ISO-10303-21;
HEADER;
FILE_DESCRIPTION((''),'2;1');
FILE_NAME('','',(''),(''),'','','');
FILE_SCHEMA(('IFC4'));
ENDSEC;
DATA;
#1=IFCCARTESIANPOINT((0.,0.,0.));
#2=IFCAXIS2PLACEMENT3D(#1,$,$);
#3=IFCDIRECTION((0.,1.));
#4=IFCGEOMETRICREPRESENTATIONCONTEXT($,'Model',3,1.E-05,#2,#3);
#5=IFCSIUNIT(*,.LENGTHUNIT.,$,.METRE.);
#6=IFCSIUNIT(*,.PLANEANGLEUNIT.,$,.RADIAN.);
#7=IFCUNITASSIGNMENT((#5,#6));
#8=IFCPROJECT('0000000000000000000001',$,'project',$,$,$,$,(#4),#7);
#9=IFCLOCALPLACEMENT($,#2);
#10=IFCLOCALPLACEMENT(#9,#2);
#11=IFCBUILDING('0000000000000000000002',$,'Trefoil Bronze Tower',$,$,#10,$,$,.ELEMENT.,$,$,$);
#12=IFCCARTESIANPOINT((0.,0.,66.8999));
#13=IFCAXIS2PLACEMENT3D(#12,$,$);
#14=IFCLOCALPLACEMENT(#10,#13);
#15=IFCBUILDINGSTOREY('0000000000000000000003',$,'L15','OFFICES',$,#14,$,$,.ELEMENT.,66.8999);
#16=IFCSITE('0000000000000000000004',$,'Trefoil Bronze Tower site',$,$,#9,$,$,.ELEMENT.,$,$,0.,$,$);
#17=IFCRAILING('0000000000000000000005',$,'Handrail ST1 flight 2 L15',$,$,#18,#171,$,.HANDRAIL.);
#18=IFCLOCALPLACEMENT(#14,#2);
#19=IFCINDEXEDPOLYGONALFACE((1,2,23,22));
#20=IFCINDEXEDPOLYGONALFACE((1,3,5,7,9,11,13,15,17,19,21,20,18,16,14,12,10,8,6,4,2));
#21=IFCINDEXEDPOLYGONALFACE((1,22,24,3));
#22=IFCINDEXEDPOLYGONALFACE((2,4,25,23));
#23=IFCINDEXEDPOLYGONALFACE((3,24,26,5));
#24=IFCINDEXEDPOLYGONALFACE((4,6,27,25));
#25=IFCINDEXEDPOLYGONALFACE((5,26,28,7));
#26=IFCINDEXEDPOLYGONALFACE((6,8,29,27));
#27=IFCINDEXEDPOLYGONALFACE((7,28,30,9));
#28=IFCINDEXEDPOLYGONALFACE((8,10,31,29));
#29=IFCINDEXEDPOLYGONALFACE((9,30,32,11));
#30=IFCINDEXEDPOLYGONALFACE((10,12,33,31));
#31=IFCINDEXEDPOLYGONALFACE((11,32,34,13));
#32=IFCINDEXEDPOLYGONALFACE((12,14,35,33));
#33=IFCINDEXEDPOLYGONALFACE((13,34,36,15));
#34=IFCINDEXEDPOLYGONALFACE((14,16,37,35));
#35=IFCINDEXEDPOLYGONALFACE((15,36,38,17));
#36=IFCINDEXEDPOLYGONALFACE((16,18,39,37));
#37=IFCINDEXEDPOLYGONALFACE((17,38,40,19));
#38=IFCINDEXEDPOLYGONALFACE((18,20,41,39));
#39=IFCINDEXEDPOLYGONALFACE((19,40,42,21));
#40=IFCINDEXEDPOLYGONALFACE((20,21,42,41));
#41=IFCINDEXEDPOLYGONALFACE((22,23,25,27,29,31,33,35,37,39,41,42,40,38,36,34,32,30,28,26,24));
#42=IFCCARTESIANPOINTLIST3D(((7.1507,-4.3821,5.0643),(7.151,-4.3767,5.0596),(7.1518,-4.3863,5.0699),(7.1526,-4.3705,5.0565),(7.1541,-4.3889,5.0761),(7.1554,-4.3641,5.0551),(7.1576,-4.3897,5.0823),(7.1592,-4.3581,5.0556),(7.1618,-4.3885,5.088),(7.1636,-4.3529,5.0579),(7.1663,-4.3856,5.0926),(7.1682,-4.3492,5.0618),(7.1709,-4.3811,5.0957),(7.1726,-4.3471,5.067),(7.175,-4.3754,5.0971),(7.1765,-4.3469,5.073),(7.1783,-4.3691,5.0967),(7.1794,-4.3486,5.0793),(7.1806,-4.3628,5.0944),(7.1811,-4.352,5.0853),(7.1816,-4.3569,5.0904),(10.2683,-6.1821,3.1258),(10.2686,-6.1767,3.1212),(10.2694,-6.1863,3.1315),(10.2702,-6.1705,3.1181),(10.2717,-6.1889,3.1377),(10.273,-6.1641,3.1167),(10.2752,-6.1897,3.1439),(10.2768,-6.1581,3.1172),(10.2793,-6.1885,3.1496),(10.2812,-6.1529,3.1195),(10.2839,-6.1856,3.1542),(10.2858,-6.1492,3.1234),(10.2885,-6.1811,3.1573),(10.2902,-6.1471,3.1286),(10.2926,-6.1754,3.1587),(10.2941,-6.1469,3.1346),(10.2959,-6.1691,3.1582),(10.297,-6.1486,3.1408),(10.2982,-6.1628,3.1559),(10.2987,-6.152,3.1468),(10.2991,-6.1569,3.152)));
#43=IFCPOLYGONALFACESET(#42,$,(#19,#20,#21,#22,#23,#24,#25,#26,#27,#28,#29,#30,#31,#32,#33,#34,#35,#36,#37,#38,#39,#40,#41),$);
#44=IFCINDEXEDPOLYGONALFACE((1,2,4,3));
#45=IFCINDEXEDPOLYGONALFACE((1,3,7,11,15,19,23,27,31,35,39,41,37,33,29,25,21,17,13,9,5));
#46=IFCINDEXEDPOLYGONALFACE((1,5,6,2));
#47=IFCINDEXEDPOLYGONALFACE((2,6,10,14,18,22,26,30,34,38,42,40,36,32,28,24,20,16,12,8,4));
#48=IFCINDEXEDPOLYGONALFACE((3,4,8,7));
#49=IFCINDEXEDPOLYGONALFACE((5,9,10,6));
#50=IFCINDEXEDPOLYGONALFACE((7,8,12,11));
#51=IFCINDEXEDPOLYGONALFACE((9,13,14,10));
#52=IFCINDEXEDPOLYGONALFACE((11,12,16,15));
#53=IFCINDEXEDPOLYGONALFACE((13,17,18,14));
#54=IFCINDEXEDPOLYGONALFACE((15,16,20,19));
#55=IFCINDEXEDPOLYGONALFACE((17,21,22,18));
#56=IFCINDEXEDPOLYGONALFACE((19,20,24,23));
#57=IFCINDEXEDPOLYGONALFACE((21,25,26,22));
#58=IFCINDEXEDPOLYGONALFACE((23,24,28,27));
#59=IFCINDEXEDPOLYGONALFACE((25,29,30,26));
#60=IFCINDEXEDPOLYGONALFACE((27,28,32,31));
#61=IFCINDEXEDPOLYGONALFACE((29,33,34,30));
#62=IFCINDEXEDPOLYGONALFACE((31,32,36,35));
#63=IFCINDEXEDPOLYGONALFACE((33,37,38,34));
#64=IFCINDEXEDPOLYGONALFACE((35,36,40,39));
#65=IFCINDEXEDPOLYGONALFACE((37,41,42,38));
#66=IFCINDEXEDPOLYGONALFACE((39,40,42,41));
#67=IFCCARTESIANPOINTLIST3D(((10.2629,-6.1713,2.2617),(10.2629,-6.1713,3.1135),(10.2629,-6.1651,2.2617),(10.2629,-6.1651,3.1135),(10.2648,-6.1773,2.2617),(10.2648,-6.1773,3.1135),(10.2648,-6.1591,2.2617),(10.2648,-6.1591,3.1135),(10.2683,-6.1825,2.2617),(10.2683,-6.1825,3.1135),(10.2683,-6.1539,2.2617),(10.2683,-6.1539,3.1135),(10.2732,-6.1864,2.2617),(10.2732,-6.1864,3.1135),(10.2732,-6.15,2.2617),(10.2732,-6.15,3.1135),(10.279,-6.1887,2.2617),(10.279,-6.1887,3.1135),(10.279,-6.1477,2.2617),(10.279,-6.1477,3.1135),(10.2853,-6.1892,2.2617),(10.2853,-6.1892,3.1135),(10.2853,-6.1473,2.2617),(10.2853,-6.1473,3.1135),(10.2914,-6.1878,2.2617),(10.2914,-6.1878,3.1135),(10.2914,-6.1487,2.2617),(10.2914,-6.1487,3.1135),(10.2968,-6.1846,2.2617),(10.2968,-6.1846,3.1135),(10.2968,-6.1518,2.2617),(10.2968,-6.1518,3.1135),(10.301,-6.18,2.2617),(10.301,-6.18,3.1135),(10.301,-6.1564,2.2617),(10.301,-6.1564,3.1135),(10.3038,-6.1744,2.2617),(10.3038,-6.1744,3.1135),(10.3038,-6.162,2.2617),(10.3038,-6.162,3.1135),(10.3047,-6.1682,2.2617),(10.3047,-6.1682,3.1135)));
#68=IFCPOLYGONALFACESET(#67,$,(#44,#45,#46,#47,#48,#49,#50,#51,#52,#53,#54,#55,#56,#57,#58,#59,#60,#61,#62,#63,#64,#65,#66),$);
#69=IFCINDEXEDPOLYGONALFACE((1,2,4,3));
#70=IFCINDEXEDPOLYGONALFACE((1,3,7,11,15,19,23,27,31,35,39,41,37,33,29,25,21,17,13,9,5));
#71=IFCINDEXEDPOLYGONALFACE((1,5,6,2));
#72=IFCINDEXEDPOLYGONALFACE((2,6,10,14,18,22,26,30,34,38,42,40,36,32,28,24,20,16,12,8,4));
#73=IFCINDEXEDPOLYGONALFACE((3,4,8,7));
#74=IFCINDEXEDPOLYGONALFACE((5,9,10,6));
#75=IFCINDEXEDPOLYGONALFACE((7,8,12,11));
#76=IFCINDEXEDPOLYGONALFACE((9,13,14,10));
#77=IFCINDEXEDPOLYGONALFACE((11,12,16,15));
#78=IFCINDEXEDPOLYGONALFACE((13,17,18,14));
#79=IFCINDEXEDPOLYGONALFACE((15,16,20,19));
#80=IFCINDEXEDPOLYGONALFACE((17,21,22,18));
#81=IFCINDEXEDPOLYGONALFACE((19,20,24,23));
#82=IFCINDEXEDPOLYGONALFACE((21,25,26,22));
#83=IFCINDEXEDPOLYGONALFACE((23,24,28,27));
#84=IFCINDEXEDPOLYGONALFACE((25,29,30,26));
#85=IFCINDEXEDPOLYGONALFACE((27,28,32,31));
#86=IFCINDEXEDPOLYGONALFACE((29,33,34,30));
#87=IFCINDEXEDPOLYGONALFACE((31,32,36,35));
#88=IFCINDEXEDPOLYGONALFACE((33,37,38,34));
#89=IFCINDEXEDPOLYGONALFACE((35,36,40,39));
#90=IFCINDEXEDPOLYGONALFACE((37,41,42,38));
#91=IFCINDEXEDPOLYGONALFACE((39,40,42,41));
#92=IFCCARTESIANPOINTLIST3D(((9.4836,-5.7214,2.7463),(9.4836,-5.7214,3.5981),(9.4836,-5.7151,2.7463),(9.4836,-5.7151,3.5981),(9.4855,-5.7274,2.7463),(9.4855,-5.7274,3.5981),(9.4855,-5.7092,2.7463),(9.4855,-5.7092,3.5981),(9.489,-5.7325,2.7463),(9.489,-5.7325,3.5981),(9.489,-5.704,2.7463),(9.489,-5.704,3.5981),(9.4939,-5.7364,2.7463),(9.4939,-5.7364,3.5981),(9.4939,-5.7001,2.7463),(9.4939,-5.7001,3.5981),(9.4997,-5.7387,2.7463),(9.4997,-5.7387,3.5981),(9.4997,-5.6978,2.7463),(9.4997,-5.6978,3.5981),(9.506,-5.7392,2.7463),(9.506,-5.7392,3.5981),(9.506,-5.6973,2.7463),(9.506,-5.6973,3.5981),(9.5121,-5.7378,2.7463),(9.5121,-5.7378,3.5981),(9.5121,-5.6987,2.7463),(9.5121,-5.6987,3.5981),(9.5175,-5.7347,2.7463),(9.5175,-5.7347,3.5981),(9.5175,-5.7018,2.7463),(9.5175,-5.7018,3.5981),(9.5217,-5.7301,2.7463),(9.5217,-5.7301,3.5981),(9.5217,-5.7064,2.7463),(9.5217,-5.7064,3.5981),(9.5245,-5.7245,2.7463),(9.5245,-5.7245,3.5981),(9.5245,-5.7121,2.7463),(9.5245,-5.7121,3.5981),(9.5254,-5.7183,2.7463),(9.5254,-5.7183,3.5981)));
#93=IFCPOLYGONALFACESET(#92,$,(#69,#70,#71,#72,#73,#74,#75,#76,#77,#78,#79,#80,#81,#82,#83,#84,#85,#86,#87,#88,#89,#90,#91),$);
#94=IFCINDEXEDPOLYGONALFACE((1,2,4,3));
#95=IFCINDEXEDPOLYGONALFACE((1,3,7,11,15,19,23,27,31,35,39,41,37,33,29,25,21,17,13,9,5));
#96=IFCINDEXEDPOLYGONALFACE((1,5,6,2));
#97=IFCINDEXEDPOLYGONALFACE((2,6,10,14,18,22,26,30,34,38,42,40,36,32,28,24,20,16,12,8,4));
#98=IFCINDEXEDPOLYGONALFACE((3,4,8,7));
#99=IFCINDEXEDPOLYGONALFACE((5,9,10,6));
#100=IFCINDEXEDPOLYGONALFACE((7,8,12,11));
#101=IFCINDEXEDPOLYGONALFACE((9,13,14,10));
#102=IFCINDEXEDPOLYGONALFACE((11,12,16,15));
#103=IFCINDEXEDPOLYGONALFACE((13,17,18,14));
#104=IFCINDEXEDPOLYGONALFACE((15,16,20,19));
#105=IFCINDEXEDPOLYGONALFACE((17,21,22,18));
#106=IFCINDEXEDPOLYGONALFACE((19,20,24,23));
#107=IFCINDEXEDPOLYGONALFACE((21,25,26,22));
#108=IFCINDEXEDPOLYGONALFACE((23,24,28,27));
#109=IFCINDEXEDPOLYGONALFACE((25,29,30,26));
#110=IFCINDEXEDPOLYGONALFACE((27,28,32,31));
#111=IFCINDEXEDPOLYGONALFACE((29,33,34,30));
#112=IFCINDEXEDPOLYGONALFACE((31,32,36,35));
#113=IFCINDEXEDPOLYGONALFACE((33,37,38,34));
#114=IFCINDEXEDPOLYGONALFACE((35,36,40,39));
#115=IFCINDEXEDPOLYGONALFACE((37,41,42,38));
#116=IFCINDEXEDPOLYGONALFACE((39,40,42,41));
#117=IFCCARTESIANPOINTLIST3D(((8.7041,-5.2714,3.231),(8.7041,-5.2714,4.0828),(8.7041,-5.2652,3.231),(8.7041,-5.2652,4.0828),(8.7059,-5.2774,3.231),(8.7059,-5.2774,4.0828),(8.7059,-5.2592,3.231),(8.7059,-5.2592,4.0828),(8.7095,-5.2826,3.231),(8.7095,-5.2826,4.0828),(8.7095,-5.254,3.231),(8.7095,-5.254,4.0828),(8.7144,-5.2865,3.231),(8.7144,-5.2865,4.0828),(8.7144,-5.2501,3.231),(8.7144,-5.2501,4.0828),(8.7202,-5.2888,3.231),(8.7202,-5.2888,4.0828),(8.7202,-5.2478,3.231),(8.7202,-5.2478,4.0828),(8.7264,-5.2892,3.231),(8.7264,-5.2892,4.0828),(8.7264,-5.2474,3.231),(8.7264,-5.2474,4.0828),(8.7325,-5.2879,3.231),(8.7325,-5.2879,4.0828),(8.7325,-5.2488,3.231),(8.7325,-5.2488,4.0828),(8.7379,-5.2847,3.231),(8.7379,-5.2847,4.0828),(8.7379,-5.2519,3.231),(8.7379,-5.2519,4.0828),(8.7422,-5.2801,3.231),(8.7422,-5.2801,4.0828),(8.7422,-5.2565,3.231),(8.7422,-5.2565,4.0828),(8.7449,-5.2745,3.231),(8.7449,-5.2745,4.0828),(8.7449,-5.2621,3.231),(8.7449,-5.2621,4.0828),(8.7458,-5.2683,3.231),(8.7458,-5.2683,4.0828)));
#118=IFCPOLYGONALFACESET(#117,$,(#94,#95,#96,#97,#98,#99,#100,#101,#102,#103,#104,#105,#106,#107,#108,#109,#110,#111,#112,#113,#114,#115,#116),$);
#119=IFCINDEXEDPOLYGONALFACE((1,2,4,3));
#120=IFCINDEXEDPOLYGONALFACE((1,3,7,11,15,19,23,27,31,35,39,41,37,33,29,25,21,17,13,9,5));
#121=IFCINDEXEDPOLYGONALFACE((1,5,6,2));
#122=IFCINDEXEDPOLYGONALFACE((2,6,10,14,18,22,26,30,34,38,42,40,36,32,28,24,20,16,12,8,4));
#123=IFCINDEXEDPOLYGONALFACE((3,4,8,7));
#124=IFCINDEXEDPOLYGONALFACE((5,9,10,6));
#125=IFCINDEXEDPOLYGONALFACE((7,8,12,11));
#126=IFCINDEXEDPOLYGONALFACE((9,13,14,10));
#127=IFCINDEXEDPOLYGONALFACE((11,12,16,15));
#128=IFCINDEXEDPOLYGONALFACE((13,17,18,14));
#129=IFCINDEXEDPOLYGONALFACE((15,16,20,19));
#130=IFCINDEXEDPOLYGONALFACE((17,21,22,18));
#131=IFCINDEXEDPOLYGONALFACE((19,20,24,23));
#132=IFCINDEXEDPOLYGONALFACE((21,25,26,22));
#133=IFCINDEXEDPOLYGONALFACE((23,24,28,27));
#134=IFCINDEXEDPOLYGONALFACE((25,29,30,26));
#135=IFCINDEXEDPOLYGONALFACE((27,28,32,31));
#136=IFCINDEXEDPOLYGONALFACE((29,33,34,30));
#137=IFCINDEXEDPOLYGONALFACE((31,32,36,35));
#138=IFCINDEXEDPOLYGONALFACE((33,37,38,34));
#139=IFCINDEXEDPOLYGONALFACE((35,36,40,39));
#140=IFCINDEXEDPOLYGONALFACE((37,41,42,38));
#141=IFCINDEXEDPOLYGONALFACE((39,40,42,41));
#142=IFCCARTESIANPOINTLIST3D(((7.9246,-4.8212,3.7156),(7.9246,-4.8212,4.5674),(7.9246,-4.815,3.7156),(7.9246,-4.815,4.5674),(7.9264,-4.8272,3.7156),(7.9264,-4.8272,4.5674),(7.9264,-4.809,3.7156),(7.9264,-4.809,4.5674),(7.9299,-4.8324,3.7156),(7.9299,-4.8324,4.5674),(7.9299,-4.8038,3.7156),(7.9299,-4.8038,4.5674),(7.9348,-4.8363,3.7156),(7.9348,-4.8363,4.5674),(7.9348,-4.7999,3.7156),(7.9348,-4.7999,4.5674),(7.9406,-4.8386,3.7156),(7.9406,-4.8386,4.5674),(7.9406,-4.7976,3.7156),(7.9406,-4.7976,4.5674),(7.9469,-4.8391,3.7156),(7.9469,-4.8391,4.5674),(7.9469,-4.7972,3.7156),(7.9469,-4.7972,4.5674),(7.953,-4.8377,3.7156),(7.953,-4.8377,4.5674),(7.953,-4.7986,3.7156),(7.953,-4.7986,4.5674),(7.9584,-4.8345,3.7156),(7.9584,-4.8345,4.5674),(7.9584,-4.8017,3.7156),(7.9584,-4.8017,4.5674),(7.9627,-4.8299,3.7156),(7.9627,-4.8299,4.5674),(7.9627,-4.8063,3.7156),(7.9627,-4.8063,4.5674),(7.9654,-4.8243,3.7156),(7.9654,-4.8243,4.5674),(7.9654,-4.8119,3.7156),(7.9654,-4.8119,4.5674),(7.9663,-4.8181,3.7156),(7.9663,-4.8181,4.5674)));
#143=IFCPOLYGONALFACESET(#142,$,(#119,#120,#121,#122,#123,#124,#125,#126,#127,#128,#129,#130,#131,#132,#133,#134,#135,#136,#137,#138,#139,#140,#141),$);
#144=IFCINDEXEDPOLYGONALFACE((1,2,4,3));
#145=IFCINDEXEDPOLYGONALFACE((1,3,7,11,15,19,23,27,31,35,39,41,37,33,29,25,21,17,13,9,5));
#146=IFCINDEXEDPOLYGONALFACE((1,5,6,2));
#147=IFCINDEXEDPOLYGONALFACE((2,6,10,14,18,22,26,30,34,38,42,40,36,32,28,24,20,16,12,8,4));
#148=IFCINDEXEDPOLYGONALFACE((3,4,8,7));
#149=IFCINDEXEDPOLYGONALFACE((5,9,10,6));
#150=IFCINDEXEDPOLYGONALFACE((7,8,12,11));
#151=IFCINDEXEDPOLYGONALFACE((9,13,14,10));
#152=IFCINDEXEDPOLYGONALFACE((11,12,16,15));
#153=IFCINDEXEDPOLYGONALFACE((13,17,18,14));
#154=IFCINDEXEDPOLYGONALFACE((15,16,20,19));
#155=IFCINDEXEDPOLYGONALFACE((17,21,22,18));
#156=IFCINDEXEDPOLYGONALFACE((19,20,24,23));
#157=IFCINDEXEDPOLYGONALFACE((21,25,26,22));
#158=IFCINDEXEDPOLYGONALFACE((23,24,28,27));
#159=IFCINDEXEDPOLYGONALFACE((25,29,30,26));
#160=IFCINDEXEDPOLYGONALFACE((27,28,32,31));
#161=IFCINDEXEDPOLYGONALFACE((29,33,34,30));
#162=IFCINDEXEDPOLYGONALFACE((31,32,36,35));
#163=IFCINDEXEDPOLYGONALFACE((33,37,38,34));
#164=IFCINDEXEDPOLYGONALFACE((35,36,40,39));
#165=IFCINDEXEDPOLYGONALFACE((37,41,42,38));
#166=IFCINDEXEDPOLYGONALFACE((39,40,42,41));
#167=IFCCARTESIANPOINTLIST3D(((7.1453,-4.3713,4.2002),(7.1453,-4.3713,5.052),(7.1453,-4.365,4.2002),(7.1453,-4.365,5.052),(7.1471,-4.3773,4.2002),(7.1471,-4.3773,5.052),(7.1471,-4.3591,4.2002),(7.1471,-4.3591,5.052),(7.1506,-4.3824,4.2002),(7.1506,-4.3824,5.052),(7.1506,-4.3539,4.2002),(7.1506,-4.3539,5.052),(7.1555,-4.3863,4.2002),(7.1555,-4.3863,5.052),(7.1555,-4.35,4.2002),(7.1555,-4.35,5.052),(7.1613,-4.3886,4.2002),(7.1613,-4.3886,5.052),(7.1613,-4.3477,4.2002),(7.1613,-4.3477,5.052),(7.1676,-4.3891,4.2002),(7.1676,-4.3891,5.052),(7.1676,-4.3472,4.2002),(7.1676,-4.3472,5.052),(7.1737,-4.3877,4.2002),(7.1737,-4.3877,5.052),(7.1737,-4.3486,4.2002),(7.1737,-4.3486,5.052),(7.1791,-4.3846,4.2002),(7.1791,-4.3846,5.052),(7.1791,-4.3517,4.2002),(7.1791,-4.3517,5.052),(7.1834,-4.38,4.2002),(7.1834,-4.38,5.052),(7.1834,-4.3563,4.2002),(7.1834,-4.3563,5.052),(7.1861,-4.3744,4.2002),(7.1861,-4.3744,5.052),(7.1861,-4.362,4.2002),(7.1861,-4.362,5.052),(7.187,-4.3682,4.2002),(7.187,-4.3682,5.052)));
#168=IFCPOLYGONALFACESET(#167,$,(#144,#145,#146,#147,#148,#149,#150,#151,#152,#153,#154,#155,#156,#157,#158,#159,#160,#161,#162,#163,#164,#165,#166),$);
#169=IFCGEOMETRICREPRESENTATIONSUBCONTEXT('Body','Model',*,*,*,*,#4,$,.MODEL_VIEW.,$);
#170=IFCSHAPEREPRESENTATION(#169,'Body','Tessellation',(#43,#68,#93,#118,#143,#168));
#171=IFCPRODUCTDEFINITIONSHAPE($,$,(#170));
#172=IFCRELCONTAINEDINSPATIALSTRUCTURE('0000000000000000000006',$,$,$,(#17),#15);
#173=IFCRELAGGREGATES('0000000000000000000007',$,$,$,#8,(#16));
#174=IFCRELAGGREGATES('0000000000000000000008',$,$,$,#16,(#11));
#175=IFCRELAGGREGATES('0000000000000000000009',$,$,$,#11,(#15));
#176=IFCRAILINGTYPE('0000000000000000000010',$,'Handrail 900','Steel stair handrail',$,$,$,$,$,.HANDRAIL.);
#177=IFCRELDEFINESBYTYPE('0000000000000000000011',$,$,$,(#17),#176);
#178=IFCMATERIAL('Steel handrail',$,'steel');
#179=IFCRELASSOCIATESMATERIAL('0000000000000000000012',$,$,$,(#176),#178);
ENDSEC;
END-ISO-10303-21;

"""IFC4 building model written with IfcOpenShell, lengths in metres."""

from ifc_helpers import new_model, si_unit, direction, frame, origin, origin_2d, place, context, subcontext, project, spatial, circle, extrude, material, type_object, element, save


model = new_model("IFC4")

# Units and contexts
model_context = context("Model", 3, precision=1e-05, world=origin(), true_north=direction((0.0, 1.0)))
body_context = subcontext(model_context, "Body", "Model", "MODEL_VIEW")
ifc_project = project(units=[si_unit("LENGTHUNIT", "METRE"), si_unit("PLANEANGLEUNIT", "RADIAN")], contexts=[model_context])

# Site, building, storey
site_placement = place(None, origin())
site = spatial("IfcSite", under=ifc_project, at=site_placement, Name="Trefoil Bronze Tower site", CompositionType="ELEMENT", RefElevation=0.0)
building_placement = place(site_placement, origin())
building = spatial("IfcBuilding", under=site, at=building_placement, Name="Trefoil Bronze Tower", CompositionType="ELEMENT")
storey_placement = place(building_placement, frame((0.0, 0.0, 66.8999)))
storey = spatial("IfcBuildingStorey", under=building, at=storey_placement, Name="L15", Description="OFFICES", CompositionType="ELEMENT", Elevation=66.8999)

# Railing
ifc_material_1 = material(Name="Steel handrail", Category="steel")
railing_type = type_object("IfcRailingType", Name="Handrail 900", Description="Steel stair handrail", PredefinedType="HANDRAIL", material=ifc_material_1)
railing_placement = place(storey_placement, frame((10.2837, -6.1682, 2.2617)))
element("IfcRailing", 1, at=railing_placement, inside=storey, type_object=railing_type, Name="Handrail ST1 flight 2 L15", PredefinedType="HANDRAIL", context=body_context, shape_type="SweptSolid", body=[
    extrude(circle(Radius=0.0239, at=origin_2d()), frame((0.0, 0.0, 0.876), z_axis=(-0.762503, 0.440246, 0.474102), x_axis=(-0.500012, -0.866018, 0.0)), (0.0, 0.0, 1.0), 4.0886),
    extrude(circle(Radius=0.021, at=origin_2d()), origin(), (0.0, 0.0, 1.0), 0.8518),
    extrude(circle(Radius=0.021, at=origin_2d()), frame((-0.7793, 0.45, 0.4846)), (0.0, 0.0, 1.0), 0.8518),
    extrude(circle(Radius=0.021, at=origin_2d()), frame((-1.5588, 0.8999, 0.9692)), (0.0, 0.0, 1.0), 0.8518),
    extrude(circle(Radius=0.021, at=origin_2d()), frame((-2.3384, 1.3501, 1.4539)), (0.0, 0.0, 1.0), 0.8518),
    extrude(circle(Radius=0.021, at=origin_2d()), frame((-3.1177, 1.8, 1.9385)), (0.0, 0.0, 1.0), 0.8518),
])

save(model, "model.ifc")
